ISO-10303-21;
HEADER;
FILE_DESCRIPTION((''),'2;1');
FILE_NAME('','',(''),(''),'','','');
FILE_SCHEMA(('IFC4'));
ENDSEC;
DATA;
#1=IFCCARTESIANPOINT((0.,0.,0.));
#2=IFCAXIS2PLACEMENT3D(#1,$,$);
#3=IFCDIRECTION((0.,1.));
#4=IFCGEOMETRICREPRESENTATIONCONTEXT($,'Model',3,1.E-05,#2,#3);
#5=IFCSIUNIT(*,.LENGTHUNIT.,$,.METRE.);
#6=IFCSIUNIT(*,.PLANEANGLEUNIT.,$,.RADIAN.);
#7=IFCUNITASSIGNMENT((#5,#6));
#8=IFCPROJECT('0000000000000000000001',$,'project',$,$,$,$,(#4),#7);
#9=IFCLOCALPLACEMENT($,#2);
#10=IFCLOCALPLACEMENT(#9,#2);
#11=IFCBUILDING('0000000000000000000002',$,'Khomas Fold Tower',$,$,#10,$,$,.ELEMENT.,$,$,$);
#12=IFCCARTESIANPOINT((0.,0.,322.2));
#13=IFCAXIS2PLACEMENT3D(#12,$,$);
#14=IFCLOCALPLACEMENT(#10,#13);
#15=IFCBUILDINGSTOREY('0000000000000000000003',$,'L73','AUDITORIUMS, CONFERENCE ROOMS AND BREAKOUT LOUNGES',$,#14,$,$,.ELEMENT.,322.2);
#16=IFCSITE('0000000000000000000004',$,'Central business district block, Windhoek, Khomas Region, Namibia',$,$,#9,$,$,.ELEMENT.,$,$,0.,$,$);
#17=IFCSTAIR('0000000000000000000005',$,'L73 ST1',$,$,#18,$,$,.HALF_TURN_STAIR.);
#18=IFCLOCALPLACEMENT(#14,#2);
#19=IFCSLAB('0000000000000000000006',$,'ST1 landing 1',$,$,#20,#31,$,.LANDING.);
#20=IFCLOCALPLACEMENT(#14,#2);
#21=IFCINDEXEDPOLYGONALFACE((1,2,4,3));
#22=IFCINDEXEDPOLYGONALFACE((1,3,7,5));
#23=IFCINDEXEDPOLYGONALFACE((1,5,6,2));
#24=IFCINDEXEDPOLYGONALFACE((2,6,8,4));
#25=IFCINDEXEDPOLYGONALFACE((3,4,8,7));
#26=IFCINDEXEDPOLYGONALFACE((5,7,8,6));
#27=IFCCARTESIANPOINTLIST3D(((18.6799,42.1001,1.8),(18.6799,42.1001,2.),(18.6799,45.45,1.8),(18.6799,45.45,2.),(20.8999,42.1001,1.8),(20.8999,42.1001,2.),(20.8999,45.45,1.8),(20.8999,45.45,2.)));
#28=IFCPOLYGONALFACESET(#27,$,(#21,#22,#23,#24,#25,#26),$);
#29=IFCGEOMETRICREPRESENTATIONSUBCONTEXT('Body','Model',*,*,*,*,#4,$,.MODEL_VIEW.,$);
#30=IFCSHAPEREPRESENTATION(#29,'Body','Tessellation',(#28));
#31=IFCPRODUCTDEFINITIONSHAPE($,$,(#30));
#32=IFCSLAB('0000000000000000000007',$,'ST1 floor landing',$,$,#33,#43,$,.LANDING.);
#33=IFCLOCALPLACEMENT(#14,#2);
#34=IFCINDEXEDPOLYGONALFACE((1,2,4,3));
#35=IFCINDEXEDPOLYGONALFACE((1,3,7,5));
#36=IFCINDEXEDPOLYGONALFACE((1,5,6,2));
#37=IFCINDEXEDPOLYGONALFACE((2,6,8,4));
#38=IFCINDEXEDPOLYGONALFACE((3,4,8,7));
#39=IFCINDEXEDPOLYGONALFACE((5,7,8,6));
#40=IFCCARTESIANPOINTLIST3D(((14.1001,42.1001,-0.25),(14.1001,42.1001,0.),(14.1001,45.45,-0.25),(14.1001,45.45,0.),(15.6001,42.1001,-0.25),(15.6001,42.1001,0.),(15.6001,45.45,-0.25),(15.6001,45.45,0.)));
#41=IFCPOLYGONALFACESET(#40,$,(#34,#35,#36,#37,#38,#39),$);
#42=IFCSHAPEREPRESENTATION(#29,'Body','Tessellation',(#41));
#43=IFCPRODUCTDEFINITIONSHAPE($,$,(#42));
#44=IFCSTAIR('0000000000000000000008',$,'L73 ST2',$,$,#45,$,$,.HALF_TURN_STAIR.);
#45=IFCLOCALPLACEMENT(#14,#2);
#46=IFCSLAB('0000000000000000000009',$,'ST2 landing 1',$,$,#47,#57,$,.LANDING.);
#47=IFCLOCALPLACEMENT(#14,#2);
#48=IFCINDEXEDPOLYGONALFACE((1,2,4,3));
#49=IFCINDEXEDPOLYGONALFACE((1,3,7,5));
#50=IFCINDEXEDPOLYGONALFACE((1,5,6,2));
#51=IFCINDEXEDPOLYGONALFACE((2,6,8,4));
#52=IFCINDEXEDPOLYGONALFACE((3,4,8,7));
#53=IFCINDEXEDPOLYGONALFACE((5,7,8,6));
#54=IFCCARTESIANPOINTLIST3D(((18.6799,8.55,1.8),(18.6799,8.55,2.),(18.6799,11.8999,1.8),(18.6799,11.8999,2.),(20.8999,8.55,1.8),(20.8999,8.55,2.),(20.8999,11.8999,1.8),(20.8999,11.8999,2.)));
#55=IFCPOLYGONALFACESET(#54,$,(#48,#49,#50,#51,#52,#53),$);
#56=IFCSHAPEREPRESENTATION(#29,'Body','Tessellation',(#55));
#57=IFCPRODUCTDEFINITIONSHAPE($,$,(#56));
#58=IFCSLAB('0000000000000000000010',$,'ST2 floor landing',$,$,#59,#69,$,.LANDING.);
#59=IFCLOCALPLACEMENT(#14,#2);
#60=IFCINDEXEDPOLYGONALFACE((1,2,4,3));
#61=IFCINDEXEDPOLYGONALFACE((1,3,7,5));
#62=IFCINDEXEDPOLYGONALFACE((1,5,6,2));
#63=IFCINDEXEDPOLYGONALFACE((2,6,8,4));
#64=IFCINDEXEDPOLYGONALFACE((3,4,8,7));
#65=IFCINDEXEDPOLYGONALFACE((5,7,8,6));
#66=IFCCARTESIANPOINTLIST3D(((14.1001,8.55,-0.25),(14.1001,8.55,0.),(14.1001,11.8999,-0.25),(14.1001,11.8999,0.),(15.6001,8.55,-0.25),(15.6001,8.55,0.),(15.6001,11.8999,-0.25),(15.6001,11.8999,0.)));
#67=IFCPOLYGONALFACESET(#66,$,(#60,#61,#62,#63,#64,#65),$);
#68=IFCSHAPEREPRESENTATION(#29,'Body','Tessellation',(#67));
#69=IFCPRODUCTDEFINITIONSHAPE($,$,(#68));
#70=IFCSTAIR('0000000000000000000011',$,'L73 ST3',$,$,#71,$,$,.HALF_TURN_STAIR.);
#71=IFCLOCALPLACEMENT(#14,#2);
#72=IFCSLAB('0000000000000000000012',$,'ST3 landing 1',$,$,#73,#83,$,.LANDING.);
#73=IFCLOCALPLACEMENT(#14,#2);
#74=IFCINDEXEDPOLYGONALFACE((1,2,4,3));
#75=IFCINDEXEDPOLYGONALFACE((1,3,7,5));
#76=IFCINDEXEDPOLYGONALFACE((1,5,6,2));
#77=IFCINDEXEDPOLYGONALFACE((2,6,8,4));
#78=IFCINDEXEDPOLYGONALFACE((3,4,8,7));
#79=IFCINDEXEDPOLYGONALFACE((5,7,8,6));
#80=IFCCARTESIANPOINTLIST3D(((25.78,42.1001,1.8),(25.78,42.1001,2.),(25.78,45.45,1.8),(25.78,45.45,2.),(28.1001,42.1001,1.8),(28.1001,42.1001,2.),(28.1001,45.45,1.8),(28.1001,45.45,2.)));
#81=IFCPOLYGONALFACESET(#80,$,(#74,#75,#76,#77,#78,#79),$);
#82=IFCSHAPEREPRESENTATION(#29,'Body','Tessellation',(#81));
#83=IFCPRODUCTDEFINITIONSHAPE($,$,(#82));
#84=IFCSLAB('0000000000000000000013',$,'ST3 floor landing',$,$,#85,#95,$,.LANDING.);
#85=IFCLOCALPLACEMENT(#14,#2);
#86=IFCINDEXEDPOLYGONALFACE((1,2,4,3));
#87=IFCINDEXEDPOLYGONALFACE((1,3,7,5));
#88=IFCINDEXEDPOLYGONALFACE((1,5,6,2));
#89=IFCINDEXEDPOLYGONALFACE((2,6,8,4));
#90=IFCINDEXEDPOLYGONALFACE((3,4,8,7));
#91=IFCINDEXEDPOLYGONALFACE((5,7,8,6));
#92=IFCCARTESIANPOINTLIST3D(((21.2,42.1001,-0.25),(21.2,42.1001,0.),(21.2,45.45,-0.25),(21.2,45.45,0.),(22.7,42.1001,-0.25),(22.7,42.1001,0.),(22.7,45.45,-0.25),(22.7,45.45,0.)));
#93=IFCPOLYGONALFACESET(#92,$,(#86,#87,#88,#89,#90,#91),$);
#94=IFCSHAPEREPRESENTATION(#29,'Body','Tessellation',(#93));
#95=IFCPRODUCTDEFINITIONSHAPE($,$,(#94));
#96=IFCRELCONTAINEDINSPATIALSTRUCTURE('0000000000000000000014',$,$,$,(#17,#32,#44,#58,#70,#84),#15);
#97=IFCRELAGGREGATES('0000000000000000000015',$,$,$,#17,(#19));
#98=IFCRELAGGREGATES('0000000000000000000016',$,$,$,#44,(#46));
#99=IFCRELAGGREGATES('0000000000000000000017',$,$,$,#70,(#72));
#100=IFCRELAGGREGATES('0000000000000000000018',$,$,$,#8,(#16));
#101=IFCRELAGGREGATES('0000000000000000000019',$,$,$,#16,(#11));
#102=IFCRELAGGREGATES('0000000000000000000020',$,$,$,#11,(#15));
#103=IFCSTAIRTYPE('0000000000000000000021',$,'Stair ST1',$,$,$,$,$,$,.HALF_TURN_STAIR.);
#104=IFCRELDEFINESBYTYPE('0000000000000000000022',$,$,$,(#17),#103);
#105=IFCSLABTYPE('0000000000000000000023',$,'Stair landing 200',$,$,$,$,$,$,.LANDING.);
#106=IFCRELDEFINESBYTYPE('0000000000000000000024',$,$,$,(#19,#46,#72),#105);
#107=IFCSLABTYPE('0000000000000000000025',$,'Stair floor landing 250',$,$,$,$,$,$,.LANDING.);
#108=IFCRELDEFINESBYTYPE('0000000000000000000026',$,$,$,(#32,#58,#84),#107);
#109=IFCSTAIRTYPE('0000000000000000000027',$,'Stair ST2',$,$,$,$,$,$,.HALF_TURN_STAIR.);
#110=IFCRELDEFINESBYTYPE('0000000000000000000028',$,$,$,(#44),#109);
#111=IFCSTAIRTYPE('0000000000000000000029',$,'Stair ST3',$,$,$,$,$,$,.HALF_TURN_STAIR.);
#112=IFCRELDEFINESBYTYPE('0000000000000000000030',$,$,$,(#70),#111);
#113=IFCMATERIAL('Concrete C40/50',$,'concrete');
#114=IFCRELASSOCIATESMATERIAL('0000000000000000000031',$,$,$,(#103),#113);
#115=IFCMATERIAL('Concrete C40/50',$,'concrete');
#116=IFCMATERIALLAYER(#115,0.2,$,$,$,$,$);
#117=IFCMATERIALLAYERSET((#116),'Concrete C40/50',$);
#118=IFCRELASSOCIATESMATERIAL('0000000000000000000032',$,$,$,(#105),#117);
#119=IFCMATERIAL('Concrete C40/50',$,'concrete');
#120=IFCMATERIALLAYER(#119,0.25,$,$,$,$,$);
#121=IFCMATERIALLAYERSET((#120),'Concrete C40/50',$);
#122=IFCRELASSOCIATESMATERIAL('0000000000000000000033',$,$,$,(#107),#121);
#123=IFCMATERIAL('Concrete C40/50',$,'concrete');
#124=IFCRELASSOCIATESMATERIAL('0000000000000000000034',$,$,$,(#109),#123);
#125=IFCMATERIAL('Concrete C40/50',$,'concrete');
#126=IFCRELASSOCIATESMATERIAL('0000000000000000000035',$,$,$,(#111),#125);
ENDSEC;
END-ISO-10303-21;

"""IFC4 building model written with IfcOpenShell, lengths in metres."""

from ifc_helpers import new_model, si_unit, direction, frame, origin, place, context, subcontext, project, spatial, polyline, outline, extrude, source, transform, mapped, material, layer, layer_set, type_object, element, aggregate, save


model = new_model("IFC4")

# Units and contexts
model_context = context("Model", 3, precision=1e-05, world=origin(), true_north=direction((0.0, 1.0)))
body_context = subcontext(model_context, "Body", "Model", "MODEL_VIEW")
ifc_project = project(units=[si_unit("LENGTHUNIT", "METRE"), si_unit("PLANEANGLEUNIT", "RADIAN")], contexts=[model_context])

# Site, building, storey
site_placement = place(None, origin())
site = spatial("IfcSite", under=ifc_project, at=site_placement, Name="Central business district block, Windhoek, Khomas Region, Namibia", CompositionType="ELEMENT", RefElevation=0.0)
building_placement = place(site_placement, origin())
building = spatial("IfcBuilding", under=site, at=building_placement, Name="Khomas Fold Tower", CompositionType="ELEMENT")
storey_placement = place(building_placement, frame((0.0, 0.0, 322.2)))
storey = spatial("IfcBuildingStorey", under=building, at=storey_placement, Name="L73", Description="AUDITORIUMS, CONFERENCE ROOMS AND BREAKOUT LOUNGES", CompositionType="ELEMENT", Elevation=322.2)

# Stair, slab
ifc_material_1 = material(Name="Concrete C40/50", Category="concrete")
stair_type_1 = type_object("IfcStairType", Name="Stair ST1", PredefinedType="HALF_TURN_STAIR", material=ifc_material_1)
stair_1_placement = place(storey_placement, origin())
stair_1 = element("IfcStair", 1, at=stair_1_placement, inside=storey, type_object=stair_type_1, Name="L73 ST1", PredefinedType="HALF_TURN_STAIR")
ifc_material_2 = material(Name="Concrete C40/50", Category="concrete")
ifc_layer_1 = layer(ifc_material_2, 0.2)
ifc_layer_set_1 = layer_set([ifc_layer_1], Name="Concrete C40/50")
slab_type_1 = type_object("IfcSlabType", Name="Stair landing 200", PredefinedType="LANDING", material=ifc_layer_set_1)
shared_shape_1 = source(origin(), body_context, "Body", "SweptSolid", [
    extrude(outline(polyline([(18.6799, 42.1001), (20.8999, 42.1001), (20.8999, 45.45), (18.6799, 45.45), (18.6799, 42.1001)])), origin(), (0.0, 0.0, 1.0), 0.2),
])
slab_1_placement = place(storey_placement, frame((0.0, 0.0, 1.8)))
slab_1 = element("IfcSlab", 2, at=slab_1_placement, type_object=slab_type_1, Name="ST1 landing 1", PredefinedType="LANDING", context=body_context, shape_type="MappedRepresentation", body=[
    mapped(shared_shape_1, transform((0.0, 0.0, 0.0))),
])
aggregate(stair_1, [slab_1])

# Slab
ifc_material_3 = material(Name="Concrete C40/50", Category="concrete")
ifc_layer_2 = layer(ifc_material_3, 0.25)
ifc_layer_set_2 = layer_set([ifc_layer_2], Name="Concrete C40/50")
slab_type_2 = type_object("IfcSlabType", Name="Stair floor landing 250", PredefinedType="LANDING", material=ifc_layer_set_2)
shared_shape_2 = source(origin(), body_context, "Body", "SweptSolid", [
    extrude(outline(polyline([(15.6001, 42.1001), (14.1001, 42.1001), (14.1001, 45.45), (15.6001, 45.45), (15.6001, 42.1001)])), origin(), (0.0, 0.0, 1.0), 0.25),
])
slab_2_placement = place(storey_placement, frame((0.0, 0.0, -0.25)))
element("IfcSlab", 3, at=slab_2_placement, inside=storey, type_object=slab_type_2, Name="ST1 floor landing", PredefinedType="LANDING", context=body_context, shape_type="MappedRepresentation", body=[
    mapped(shared_shape_2, transform((0.0, 0.0, 0.0))),
])

# Stair, slab
ifc_material_4 = material(Name="Concrete C40/50", Category="concrete")
stair_type_2 = type_object("IfcStairType", Name="Stair ST2", PredefinedType="HALF_TURN_STAIR", material=ifc_material_4)
stair_2_placement = place(storey_placement, origin())
stair_2 = element("IfcStair", 4, at=stair_2_placement, inside=storey, type_object=stair_type_2, Name="L73 ST2", PredefinedType="HALF_TURN_STAIR")
shared_shape_3 = source(origin(), body_context, "Body", "SweptSolid", [
    extrude(outline(polyline([(18.6799, 8.55), (20.8999, 8.55), (20.8999, 11.8999), (18.6799, 11.8999), (18.6799, 8.55)])), origin(), (0.0, 0.0, 1.0), 0.2),
])
slab_3_placement = place(storey_placement, frame((0.0, 0.0, 1.8)))
slab_3 = element("IfcSlab", 5, at=slab_3_placement, type_object=slab_type_1, Name="ST2 landing 1", PredefinedType="LANDING", context=body_context, shape_type="MappedRepresentation", body=[
    mapped(shared_shape_3, transform((0.0, 0.0, 0.0))),
])
aggregate(stair_2, [slab_3])

# Slab
shared_shape_4 = source(origin(), body_context, "Body", "SweptSolid", [
    extrude(outline(polyline([(15.6001, 8.55), (14.1001, 8.55), (14.1001, 11.8999), (15.6001, 11.8999), (15.6001, 8.55)])), origin(), (0.0, 0.0, 1.0), 0.25),
])
slab_4_placement = place(storey_placement, frame((0.0, 0.0, -0.25)))
element("IfcSlab", 6, at=slab_4_placement, inside=storey, type_object=slab_type_2, Name="ST2 floor landing", PredefinedType="LANDING", context=body_context, shape_type="MappedRepresentation", body=[
    mapped(shared_shape_4, transform((0.0, 0.0, 0.0))),
])

# Stair, slab
ifc_material_5 = material(Name="Concrete C40/50", Category="concrete")
stair_type_3 = type_object("IfcStairType", Name="Stair ST3", PredefinedType="HALF_TURN_STAIR", material=ifc_material_5)
stair_3_placement = place(storey_placement, origin())
stair_3 = element("IfcStair", 7, at=stair_3_placement, inside=storey, type_object=stair_type_3, Name="L73 ST3", PredefinedType="HALF_TURN_STAIR")
shared_shape_5 = source(origin(), body_context, "Body", "SweptSolid", [
    extrude(outline(polyline([(25.78, 42.1001), (28.1001, 42.1001), (28.1001, 45.45), (25.78, 45.45), (25.78, 42.1001)])), origin(), (0.0, 0.0, 1.0), 0.2),
])
slab_5_placement = place(storey_placement, frame((0.0, 0.0, 1.8)))
slab_5 = element("IfcSlab", 8, at=slab_5_placement, type_object=slab_type_1, Name="ST3 landing 1", PredefinedType="LANDING", context=body_context, shape_type="MappedRepresentation", body=[
    mapped(shared_shape_5, transform((0.0, 0.0, 0.0))),
])
aggregate(stair_3, [slab_5])

# Slab
shared_shape_6 = source(origin(), body_context, "Body", "SweptSolid", [
    extrude(outline(polyline([(22.7, 42.1001), (21.2, 42.1001), (21.2, 45.45), (22.7, 45.45), (22.7, 42.1001)])), origin(), (0.0, 0.0, 1.0), 0.25),
])
slab_6_placement = place(storey_placement, frame((0.0, 0.0, -0.25)))
element("IfcSlab", 9, at=slab_6_placement, inside=storey, type_object=slab_type_2, Name="ST3 floor landing", PredefinedType="LANDING", context=body_context, shape_type="MappedRepresentation", body=[
    mapped(shared_shape_6, transform((0.0, 0.0, 0.0))),
])

save(model, "model.ifc")
